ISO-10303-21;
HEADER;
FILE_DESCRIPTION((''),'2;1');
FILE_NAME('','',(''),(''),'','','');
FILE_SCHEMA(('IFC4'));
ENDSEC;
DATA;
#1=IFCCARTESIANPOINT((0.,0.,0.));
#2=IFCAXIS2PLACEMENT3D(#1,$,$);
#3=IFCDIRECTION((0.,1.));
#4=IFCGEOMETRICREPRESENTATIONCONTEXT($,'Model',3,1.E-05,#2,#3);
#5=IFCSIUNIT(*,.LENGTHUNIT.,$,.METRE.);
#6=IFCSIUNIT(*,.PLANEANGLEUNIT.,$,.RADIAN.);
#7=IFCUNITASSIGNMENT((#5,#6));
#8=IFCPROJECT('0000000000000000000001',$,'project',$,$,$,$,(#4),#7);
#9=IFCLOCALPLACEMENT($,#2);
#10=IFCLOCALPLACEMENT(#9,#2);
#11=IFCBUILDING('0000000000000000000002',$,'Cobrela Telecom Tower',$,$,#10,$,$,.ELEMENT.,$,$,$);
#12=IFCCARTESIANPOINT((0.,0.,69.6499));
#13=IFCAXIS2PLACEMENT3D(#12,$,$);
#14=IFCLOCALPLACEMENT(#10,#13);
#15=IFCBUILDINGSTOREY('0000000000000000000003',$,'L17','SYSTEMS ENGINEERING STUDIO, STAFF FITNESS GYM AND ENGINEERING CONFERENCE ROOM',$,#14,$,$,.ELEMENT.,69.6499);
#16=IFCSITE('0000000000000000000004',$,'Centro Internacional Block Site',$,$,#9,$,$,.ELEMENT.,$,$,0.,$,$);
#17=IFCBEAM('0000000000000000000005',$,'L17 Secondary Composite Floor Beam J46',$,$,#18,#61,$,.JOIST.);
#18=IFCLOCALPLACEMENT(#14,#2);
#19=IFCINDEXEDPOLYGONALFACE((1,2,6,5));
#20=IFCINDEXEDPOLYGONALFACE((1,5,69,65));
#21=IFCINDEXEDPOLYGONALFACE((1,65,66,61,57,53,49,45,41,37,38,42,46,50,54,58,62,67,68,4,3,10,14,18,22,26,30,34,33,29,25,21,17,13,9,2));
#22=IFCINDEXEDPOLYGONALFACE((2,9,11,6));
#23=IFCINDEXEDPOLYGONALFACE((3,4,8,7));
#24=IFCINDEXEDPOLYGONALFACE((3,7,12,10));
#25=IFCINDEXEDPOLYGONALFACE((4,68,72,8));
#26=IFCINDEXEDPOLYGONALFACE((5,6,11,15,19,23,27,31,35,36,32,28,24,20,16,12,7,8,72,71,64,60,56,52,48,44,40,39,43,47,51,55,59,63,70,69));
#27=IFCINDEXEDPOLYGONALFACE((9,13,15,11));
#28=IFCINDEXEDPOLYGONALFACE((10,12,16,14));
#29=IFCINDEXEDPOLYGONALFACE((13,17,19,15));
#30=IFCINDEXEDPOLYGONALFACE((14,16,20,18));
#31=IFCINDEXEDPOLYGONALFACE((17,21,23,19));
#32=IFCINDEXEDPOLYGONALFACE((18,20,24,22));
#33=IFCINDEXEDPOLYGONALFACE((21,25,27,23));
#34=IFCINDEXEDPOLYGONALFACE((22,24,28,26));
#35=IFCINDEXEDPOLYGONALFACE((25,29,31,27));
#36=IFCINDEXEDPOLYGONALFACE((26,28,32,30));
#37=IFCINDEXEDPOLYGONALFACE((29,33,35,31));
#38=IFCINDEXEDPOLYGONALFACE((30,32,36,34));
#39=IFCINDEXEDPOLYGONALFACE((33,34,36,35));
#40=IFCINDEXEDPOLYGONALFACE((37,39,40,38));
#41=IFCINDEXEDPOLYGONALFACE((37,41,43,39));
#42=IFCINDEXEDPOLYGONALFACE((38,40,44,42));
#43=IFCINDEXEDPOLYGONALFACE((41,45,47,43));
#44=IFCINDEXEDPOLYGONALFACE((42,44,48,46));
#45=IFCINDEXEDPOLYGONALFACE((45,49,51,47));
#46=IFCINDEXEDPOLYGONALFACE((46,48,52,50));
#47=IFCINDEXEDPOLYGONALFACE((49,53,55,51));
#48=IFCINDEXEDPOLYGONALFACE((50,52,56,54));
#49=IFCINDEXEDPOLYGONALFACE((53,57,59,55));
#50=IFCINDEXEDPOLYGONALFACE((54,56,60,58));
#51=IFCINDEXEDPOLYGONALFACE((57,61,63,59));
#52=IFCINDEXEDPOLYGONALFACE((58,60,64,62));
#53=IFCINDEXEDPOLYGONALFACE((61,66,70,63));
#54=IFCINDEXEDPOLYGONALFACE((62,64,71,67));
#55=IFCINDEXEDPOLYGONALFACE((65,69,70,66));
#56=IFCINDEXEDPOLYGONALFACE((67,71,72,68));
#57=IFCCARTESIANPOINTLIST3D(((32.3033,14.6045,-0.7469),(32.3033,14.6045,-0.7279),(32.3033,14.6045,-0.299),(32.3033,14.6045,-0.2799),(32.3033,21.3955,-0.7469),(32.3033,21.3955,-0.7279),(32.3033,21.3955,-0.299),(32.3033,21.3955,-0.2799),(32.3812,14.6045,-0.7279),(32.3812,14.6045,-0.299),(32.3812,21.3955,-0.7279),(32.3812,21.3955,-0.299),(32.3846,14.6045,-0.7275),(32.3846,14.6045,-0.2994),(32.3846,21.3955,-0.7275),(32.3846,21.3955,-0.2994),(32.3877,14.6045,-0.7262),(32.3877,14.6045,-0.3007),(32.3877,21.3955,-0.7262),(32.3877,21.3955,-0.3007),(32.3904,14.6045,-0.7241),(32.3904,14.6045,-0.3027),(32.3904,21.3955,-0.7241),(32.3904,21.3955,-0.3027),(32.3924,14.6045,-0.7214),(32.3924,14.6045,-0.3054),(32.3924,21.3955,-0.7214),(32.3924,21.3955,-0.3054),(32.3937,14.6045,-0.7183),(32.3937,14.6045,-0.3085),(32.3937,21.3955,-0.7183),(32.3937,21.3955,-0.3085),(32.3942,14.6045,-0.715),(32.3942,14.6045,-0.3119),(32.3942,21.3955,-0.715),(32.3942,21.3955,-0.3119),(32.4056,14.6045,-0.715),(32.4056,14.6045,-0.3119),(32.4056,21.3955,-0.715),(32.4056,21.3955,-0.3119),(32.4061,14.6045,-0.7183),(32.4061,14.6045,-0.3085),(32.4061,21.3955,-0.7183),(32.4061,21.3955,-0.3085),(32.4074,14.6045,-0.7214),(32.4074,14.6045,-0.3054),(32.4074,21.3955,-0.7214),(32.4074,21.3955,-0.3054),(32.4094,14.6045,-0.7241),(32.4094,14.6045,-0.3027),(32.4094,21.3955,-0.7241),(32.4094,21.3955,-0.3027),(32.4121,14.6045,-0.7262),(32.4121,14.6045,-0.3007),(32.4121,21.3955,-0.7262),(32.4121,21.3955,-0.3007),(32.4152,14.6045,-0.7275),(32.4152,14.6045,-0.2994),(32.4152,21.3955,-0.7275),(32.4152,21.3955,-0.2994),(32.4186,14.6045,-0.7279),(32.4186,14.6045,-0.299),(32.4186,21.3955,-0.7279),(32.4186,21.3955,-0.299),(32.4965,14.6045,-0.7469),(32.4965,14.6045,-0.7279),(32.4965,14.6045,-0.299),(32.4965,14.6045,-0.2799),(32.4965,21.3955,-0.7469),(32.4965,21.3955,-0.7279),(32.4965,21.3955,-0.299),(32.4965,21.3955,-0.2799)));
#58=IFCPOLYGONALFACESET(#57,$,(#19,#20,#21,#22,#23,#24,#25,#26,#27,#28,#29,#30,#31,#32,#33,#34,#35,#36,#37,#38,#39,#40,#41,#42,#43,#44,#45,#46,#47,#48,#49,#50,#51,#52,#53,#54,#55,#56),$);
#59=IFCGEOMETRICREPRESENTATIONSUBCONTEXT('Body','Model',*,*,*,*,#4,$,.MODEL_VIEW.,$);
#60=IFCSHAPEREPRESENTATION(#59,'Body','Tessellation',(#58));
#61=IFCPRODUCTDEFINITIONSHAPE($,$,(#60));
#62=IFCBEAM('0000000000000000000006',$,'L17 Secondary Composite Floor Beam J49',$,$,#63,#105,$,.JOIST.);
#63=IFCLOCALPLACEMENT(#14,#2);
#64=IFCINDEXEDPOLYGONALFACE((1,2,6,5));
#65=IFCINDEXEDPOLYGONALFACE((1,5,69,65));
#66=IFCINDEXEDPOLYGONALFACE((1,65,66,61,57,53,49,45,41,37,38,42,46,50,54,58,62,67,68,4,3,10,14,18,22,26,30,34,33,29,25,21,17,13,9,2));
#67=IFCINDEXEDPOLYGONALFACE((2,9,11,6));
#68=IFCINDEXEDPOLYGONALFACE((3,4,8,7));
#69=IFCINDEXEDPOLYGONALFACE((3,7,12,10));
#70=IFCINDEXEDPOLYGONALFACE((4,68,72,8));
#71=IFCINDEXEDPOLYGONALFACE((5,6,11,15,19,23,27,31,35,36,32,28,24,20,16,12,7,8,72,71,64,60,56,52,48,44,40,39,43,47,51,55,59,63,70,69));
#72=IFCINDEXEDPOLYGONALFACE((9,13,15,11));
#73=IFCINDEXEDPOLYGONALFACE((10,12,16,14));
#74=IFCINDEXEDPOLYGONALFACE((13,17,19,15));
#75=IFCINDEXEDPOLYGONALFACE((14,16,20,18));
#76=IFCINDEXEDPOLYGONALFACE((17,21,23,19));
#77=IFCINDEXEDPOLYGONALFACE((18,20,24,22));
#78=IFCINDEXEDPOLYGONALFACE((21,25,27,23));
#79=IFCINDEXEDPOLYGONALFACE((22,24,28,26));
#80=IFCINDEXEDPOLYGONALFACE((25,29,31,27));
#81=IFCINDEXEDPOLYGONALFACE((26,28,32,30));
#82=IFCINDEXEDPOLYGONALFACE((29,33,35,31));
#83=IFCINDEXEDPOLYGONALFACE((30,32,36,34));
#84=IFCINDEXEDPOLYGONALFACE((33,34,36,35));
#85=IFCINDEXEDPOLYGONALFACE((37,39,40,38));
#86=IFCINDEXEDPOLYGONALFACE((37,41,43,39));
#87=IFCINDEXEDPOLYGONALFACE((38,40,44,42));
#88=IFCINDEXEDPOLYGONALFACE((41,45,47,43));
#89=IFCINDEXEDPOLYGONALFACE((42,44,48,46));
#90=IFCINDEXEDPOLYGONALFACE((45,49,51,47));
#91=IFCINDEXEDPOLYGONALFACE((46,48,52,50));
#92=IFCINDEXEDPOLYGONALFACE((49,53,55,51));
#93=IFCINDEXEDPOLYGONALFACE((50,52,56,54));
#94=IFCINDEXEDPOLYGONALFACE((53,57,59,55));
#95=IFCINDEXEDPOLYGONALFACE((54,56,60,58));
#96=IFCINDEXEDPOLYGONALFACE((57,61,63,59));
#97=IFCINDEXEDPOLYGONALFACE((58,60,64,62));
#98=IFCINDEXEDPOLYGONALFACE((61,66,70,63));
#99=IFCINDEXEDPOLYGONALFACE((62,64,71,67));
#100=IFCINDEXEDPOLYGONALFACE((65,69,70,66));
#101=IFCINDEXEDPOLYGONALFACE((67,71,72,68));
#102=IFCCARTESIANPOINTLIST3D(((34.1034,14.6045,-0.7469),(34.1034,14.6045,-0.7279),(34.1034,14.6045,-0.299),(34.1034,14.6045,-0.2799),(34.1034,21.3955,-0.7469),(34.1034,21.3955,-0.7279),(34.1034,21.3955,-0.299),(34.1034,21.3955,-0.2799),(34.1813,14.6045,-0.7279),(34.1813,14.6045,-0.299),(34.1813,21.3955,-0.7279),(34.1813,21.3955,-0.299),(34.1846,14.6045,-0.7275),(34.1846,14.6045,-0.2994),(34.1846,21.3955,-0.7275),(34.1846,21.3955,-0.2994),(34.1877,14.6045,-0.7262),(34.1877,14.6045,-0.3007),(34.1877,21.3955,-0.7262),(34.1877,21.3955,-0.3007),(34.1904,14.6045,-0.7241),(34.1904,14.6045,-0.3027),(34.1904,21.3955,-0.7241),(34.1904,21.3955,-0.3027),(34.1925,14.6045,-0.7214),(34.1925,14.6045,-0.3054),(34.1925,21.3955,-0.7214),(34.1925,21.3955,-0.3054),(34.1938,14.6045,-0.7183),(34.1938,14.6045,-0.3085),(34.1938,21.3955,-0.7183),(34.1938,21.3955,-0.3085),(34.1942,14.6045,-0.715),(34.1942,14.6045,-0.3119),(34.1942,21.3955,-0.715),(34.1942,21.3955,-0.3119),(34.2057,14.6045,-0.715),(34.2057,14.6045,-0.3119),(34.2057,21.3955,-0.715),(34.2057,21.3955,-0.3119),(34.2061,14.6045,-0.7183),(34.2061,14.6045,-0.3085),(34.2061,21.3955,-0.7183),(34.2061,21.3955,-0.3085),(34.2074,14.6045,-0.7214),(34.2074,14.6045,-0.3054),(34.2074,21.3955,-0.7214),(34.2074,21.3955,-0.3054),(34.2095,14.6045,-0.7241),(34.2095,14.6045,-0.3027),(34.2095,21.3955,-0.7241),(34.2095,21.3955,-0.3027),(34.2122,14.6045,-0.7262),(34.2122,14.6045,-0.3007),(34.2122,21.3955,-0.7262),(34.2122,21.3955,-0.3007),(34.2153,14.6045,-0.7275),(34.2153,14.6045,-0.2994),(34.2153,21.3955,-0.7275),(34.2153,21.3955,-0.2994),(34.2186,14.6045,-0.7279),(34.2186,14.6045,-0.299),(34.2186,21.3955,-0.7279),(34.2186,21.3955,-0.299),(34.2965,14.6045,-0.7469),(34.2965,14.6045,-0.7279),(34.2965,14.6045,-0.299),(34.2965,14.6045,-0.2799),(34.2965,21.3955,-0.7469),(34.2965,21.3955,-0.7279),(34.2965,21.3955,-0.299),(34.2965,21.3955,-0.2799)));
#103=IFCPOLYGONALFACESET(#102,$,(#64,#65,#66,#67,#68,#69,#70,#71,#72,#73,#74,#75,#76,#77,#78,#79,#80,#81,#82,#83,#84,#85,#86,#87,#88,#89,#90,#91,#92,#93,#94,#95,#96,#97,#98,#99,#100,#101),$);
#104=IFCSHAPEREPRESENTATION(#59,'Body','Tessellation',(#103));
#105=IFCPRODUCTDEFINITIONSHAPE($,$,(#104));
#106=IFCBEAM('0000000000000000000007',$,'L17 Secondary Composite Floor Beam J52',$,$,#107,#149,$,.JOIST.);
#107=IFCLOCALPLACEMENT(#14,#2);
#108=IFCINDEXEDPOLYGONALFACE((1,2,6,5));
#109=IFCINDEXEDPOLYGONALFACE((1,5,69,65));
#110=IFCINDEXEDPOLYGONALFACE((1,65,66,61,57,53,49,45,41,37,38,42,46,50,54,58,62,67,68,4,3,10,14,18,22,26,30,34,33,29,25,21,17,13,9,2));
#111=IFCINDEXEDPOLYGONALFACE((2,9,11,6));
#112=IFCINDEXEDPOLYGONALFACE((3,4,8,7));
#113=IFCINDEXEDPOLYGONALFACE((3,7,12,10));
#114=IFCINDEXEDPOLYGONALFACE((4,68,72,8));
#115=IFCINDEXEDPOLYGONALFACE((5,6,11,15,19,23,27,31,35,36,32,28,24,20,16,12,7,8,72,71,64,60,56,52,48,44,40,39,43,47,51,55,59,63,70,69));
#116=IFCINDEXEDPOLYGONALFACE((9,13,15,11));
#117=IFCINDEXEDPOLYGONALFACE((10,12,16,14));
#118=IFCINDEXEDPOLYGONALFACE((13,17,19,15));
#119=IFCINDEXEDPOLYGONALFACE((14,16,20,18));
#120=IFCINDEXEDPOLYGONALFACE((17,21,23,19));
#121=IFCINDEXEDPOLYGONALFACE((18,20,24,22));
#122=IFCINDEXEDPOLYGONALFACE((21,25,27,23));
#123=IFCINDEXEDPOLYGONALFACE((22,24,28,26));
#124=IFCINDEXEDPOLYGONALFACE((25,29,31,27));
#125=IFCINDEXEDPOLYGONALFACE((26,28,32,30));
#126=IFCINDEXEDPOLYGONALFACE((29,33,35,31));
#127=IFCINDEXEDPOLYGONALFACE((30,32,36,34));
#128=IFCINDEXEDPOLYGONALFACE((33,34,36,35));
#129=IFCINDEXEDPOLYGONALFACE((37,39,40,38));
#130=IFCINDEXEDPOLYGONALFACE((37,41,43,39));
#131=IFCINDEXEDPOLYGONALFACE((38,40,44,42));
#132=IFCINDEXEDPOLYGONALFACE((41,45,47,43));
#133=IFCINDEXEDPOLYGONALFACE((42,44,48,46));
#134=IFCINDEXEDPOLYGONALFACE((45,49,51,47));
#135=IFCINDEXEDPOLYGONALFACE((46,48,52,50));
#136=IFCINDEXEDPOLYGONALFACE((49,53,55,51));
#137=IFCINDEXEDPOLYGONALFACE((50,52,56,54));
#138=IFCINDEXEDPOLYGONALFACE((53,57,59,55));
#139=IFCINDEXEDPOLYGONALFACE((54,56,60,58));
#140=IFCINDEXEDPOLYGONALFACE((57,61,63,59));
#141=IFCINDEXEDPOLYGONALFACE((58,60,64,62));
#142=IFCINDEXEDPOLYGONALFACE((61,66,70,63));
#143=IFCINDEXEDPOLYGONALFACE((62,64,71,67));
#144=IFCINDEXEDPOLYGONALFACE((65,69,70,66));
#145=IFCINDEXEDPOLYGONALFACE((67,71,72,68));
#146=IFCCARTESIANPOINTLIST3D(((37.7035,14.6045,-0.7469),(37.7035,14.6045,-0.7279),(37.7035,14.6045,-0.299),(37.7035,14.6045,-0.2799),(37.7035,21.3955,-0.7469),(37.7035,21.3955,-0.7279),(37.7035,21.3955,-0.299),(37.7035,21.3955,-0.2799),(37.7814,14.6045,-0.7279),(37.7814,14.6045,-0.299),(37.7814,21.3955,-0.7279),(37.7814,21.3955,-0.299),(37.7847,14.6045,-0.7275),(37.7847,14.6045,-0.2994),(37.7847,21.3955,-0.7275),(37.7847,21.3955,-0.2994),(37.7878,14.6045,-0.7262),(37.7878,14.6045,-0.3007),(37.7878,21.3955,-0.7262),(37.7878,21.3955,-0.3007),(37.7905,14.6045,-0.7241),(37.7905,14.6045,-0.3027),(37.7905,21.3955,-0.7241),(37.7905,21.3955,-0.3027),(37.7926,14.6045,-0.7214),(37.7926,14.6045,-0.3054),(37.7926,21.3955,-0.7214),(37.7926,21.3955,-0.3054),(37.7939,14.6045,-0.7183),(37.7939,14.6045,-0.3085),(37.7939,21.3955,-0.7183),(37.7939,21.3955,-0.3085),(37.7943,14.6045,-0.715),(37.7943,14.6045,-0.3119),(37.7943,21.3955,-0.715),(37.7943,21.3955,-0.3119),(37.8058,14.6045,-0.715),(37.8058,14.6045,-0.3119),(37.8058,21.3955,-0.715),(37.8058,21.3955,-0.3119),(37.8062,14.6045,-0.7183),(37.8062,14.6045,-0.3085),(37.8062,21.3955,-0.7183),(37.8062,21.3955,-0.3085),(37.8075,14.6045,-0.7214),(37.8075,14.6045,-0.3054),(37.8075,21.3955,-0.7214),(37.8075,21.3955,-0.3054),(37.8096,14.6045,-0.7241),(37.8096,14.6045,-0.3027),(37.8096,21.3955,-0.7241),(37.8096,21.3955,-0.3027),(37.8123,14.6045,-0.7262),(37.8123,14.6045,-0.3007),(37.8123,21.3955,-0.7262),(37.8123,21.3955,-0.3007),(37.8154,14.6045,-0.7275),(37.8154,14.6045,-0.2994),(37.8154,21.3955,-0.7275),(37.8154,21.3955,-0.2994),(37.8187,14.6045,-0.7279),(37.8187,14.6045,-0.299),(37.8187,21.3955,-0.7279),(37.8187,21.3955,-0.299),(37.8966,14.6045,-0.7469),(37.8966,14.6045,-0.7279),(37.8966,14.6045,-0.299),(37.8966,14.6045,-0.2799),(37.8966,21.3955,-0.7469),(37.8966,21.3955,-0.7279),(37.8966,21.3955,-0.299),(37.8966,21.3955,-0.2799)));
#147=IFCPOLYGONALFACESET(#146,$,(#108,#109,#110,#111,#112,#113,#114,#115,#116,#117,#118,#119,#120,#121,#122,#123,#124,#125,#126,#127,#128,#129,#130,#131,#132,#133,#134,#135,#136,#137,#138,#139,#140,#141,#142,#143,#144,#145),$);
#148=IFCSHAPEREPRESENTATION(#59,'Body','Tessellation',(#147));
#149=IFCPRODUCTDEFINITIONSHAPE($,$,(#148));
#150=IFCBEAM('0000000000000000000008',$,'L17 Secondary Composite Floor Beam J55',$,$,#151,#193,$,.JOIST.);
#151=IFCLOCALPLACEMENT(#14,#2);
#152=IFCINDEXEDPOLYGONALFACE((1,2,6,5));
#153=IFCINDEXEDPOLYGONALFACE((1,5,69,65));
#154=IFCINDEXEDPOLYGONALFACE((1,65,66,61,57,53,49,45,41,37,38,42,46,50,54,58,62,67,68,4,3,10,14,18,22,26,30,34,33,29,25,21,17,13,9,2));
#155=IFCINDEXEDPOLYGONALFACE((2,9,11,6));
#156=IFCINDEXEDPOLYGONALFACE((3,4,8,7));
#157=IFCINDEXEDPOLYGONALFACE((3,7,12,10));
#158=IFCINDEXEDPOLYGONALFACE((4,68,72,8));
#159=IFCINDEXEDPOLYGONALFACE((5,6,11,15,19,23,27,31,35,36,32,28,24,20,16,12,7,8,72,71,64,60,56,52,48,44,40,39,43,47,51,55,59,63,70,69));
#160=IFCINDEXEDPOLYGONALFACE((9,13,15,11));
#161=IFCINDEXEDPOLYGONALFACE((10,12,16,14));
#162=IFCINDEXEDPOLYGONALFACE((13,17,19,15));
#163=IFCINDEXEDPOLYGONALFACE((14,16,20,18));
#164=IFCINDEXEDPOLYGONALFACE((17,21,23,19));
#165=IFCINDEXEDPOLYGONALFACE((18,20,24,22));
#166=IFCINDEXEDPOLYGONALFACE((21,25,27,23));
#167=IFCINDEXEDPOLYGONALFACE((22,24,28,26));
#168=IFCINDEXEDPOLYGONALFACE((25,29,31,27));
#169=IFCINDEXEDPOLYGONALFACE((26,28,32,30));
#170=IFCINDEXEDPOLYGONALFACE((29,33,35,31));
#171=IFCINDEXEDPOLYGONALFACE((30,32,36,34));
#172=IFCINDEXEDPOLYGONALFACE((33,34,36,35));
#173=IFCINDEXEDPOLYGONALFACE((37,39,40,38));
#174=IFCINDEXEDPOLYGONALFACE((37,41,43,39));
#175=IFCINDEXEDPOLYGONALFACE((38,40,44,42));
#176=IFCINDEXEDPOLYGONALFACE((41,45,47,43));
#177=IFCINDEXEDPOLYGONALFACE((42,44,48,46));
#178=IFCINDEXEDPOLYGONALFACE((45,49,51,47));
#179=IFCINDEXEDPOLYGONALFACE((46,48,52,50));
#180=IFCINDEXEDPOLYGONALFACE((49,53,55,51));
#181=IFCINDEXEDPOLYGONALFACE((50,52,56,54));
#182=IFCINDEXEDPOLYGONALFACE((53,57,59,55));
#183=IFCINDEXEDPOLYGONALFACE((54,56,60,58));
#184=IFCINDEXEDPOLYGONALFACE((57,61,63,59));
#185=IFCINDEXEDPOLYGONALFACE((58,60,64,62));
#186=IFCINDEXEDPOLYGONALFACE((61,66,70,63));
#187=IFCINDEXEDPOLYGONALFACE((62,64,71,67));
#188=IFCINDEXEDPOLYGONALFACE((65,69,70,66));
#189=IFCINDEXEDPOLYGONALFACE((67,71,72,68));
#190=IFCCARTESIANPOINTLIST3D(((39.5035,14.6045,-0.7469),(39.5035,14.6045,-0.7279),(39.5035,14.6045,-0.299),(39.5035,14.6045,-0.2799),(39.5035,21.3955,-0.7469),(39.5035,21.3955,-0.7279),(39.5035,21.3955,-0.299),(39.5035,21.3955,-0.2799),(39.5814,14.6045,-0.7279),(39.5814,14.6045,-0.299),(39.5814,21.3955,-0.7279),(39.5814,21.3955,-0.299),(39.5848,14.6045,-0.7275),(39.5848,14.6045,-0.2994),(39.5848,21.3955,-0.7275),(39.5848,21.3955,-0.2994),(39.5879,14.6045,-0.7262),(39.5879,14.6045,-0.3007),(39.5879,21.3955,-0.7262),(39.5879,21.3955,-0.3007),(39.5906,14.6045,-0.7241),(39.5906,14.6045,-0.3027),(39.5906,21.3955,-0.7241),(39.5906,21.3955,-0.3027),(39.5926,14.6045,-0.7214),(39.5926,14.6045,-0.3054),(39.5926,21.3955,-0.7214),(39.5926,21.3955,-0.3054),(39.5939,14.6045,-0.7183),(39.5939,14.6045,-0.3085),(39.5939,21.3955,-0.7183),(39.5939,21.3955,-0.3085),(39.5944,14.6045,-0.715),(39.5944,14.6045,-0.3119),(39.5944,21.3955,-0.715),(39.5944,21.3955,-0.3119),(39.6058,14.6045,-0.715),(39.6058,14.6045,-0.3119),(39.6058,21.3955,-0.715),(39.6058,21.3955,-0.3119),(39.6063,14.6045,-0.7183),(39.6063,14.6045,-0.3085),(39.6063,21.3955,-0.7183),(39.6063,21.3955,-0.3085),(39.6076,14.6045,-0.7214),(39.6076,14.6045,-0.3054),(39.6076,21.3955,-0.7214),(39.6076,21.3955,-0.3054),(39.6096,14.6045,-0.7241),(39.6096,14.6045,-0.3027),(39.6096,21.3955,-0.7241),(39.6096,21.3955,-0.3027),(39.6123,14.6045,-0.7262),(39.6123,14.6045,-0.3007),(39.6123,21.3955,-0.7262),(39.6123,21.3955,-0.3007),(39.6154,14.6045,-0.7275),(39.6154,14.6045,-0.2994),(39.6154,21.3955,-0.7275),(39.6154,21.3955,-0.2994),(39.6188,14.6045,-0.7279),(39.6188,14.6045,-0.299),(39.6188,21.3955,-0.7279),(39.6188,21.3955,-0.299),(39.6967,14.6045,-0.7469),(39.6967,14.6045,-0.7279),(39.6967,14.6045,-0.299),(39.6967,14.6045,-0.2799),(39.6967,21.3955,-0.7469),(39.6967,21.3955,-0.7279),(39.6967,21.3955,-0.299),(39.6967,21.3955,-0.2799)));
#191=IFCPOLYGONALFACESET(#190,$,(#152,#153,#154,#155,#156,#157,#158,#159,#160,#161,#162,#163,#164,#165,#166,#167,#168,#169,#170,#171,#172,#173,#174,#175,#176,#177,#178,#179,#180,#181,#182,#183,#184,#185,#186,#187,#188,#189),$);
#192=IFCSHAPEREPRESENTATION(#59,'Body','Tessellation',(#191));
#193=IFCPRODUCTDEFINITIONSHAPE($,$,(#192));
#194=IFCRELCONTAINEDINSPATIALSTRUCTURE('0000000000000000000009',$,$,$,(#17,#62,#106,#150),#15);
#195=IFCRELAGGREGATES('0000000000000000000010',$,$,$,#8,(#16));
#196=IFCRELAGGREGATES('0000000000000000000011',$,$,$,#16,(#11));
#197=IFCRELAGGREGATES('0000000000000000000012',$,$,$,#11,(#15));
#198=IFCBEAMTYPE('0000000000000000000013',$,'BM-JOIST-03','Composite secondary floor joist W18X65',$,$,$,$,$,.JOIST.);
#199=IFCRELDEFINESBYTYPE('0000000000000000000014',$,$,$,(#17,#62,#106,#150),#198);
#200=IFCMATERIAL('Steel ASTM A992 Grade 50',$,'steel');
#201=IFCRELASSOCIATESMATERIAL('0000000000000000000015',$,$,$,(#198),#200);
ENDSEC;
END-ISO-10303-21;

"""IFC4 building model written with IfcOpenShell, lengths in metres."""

from ifc_helpers import new_model, si_unit, direction, frame, origin, origin_2d, place, context, subcontext, project, spatial, i_section, extrude, material, material_profile, profile_set, type_object, element, save


model = new_model("IFC4")

# Units and contexts
model_context = context("Model", 3, precision=1e-05, world=origin(), true_north=direction((0.0, 1.0)))
body_context = subcontext(model_context, "Body", "Model", "MODEL_VIEW")
ifc_project = project(units=[si_unit("LENGTHUNIT", "METRE"), si_unit("PLANEANGLEUNIT", "RADIAN")], contexts=[model_context])

# Site, building, storey
site_placement = place(None, origin())
site = spatial("IfcSite", under=ifc_project, at=site_placement, Name="Centro Internacional Block Site", CompositionType="ELEMENT", RefElevation=0.0)
building_placement = place(site_placement, origin())
building = spatial("IfcBuilding", under=site, at=building_placement, Name="Cobrela Telecom Tower", CompositionType="ELEMENT")
storey_placement = place(building_placement, frame((0.0, 0.0, 69.6499)))
storey = spatial("IfcBuildingStorey", under=building, at=storey_placement, Name="L17", Description="SYSTEMS ENGINEERING STUDIO, STAFF FITNESS GYM AND ENGINEERING CONFERENCE ROOM", CompositionType="ELEMENT", Elevation=69.6499)

# Shared definitions
ifc_material_1 = material(Name="Steel ASTM A992 Grade 50", Category="steel")

# Beams
ifc_material_profile_1 = material_profile(ifc_material_1, i_section(OverallWidth=0.1931, OverallDepth=0.467, WebThickness=0.0115, FlangeThickness=0.019, FilletRadius=0.0129, at=origin_2d()), Name="W18X65")
ifc_profile_set_1 = profile_set([ifc_material_profile_1], Name="Steel ASTM A992 Grade 50")
beam_type_1 = type_object("IfcBeamType", Name="BM-JOIST-03", Description="Composite secondary floor joist W18X65", PredefinedType="JOIST", material=ifc_profile_set_1)
for number, where, z_axis, x_axis, name in (
    (1, (32.3999, 14.6045, -0.5134), (0.0, 1.0, 0.0), (-1.0, 0.0, 0.0), "L17 Secondary Composite Floor Beam J46"),
    (2, (34.2, 14.6045, -0.5134), (0.0, 1.0, 0.0), (-1.0, 0.0, 0.0), "L17 Secondary Composite Floor Beam J49"),
    (3, (37.8, 14.6045, -0.5134), (0.0, 1.0, 0.0), (-1.0, 0.0, 0.0), "L17 Secondary Composite Floor Beam J52"),
    (4, (39.6001, 14.6045, -0.5134), (0.0, 1.0, 0.0), (-1.0, 0.0, 0.0), "L17 Secondary Composite Floor Beam J55"),
):
    element("IfcBeam", number, at=place(storey_placement, frame(where, z_axis=z_axis, x_axis=x_axis)), inside=storey, type_object=beam_type_1, Name=name, PredefinedType="JOIST", context=body_context, shape_type="SweptSolid", body=[
        extrude(i_section(OverallWidth=0.1931, OverallDepth=0.467, WebThickness=0.0115, FlangeThickness=0.019, FilletRadius=0.0129, at=origin_2d()), origin(), (0.0, 0.0, 1.0), 6.791),
    ])

save(model, "model.ifc")
